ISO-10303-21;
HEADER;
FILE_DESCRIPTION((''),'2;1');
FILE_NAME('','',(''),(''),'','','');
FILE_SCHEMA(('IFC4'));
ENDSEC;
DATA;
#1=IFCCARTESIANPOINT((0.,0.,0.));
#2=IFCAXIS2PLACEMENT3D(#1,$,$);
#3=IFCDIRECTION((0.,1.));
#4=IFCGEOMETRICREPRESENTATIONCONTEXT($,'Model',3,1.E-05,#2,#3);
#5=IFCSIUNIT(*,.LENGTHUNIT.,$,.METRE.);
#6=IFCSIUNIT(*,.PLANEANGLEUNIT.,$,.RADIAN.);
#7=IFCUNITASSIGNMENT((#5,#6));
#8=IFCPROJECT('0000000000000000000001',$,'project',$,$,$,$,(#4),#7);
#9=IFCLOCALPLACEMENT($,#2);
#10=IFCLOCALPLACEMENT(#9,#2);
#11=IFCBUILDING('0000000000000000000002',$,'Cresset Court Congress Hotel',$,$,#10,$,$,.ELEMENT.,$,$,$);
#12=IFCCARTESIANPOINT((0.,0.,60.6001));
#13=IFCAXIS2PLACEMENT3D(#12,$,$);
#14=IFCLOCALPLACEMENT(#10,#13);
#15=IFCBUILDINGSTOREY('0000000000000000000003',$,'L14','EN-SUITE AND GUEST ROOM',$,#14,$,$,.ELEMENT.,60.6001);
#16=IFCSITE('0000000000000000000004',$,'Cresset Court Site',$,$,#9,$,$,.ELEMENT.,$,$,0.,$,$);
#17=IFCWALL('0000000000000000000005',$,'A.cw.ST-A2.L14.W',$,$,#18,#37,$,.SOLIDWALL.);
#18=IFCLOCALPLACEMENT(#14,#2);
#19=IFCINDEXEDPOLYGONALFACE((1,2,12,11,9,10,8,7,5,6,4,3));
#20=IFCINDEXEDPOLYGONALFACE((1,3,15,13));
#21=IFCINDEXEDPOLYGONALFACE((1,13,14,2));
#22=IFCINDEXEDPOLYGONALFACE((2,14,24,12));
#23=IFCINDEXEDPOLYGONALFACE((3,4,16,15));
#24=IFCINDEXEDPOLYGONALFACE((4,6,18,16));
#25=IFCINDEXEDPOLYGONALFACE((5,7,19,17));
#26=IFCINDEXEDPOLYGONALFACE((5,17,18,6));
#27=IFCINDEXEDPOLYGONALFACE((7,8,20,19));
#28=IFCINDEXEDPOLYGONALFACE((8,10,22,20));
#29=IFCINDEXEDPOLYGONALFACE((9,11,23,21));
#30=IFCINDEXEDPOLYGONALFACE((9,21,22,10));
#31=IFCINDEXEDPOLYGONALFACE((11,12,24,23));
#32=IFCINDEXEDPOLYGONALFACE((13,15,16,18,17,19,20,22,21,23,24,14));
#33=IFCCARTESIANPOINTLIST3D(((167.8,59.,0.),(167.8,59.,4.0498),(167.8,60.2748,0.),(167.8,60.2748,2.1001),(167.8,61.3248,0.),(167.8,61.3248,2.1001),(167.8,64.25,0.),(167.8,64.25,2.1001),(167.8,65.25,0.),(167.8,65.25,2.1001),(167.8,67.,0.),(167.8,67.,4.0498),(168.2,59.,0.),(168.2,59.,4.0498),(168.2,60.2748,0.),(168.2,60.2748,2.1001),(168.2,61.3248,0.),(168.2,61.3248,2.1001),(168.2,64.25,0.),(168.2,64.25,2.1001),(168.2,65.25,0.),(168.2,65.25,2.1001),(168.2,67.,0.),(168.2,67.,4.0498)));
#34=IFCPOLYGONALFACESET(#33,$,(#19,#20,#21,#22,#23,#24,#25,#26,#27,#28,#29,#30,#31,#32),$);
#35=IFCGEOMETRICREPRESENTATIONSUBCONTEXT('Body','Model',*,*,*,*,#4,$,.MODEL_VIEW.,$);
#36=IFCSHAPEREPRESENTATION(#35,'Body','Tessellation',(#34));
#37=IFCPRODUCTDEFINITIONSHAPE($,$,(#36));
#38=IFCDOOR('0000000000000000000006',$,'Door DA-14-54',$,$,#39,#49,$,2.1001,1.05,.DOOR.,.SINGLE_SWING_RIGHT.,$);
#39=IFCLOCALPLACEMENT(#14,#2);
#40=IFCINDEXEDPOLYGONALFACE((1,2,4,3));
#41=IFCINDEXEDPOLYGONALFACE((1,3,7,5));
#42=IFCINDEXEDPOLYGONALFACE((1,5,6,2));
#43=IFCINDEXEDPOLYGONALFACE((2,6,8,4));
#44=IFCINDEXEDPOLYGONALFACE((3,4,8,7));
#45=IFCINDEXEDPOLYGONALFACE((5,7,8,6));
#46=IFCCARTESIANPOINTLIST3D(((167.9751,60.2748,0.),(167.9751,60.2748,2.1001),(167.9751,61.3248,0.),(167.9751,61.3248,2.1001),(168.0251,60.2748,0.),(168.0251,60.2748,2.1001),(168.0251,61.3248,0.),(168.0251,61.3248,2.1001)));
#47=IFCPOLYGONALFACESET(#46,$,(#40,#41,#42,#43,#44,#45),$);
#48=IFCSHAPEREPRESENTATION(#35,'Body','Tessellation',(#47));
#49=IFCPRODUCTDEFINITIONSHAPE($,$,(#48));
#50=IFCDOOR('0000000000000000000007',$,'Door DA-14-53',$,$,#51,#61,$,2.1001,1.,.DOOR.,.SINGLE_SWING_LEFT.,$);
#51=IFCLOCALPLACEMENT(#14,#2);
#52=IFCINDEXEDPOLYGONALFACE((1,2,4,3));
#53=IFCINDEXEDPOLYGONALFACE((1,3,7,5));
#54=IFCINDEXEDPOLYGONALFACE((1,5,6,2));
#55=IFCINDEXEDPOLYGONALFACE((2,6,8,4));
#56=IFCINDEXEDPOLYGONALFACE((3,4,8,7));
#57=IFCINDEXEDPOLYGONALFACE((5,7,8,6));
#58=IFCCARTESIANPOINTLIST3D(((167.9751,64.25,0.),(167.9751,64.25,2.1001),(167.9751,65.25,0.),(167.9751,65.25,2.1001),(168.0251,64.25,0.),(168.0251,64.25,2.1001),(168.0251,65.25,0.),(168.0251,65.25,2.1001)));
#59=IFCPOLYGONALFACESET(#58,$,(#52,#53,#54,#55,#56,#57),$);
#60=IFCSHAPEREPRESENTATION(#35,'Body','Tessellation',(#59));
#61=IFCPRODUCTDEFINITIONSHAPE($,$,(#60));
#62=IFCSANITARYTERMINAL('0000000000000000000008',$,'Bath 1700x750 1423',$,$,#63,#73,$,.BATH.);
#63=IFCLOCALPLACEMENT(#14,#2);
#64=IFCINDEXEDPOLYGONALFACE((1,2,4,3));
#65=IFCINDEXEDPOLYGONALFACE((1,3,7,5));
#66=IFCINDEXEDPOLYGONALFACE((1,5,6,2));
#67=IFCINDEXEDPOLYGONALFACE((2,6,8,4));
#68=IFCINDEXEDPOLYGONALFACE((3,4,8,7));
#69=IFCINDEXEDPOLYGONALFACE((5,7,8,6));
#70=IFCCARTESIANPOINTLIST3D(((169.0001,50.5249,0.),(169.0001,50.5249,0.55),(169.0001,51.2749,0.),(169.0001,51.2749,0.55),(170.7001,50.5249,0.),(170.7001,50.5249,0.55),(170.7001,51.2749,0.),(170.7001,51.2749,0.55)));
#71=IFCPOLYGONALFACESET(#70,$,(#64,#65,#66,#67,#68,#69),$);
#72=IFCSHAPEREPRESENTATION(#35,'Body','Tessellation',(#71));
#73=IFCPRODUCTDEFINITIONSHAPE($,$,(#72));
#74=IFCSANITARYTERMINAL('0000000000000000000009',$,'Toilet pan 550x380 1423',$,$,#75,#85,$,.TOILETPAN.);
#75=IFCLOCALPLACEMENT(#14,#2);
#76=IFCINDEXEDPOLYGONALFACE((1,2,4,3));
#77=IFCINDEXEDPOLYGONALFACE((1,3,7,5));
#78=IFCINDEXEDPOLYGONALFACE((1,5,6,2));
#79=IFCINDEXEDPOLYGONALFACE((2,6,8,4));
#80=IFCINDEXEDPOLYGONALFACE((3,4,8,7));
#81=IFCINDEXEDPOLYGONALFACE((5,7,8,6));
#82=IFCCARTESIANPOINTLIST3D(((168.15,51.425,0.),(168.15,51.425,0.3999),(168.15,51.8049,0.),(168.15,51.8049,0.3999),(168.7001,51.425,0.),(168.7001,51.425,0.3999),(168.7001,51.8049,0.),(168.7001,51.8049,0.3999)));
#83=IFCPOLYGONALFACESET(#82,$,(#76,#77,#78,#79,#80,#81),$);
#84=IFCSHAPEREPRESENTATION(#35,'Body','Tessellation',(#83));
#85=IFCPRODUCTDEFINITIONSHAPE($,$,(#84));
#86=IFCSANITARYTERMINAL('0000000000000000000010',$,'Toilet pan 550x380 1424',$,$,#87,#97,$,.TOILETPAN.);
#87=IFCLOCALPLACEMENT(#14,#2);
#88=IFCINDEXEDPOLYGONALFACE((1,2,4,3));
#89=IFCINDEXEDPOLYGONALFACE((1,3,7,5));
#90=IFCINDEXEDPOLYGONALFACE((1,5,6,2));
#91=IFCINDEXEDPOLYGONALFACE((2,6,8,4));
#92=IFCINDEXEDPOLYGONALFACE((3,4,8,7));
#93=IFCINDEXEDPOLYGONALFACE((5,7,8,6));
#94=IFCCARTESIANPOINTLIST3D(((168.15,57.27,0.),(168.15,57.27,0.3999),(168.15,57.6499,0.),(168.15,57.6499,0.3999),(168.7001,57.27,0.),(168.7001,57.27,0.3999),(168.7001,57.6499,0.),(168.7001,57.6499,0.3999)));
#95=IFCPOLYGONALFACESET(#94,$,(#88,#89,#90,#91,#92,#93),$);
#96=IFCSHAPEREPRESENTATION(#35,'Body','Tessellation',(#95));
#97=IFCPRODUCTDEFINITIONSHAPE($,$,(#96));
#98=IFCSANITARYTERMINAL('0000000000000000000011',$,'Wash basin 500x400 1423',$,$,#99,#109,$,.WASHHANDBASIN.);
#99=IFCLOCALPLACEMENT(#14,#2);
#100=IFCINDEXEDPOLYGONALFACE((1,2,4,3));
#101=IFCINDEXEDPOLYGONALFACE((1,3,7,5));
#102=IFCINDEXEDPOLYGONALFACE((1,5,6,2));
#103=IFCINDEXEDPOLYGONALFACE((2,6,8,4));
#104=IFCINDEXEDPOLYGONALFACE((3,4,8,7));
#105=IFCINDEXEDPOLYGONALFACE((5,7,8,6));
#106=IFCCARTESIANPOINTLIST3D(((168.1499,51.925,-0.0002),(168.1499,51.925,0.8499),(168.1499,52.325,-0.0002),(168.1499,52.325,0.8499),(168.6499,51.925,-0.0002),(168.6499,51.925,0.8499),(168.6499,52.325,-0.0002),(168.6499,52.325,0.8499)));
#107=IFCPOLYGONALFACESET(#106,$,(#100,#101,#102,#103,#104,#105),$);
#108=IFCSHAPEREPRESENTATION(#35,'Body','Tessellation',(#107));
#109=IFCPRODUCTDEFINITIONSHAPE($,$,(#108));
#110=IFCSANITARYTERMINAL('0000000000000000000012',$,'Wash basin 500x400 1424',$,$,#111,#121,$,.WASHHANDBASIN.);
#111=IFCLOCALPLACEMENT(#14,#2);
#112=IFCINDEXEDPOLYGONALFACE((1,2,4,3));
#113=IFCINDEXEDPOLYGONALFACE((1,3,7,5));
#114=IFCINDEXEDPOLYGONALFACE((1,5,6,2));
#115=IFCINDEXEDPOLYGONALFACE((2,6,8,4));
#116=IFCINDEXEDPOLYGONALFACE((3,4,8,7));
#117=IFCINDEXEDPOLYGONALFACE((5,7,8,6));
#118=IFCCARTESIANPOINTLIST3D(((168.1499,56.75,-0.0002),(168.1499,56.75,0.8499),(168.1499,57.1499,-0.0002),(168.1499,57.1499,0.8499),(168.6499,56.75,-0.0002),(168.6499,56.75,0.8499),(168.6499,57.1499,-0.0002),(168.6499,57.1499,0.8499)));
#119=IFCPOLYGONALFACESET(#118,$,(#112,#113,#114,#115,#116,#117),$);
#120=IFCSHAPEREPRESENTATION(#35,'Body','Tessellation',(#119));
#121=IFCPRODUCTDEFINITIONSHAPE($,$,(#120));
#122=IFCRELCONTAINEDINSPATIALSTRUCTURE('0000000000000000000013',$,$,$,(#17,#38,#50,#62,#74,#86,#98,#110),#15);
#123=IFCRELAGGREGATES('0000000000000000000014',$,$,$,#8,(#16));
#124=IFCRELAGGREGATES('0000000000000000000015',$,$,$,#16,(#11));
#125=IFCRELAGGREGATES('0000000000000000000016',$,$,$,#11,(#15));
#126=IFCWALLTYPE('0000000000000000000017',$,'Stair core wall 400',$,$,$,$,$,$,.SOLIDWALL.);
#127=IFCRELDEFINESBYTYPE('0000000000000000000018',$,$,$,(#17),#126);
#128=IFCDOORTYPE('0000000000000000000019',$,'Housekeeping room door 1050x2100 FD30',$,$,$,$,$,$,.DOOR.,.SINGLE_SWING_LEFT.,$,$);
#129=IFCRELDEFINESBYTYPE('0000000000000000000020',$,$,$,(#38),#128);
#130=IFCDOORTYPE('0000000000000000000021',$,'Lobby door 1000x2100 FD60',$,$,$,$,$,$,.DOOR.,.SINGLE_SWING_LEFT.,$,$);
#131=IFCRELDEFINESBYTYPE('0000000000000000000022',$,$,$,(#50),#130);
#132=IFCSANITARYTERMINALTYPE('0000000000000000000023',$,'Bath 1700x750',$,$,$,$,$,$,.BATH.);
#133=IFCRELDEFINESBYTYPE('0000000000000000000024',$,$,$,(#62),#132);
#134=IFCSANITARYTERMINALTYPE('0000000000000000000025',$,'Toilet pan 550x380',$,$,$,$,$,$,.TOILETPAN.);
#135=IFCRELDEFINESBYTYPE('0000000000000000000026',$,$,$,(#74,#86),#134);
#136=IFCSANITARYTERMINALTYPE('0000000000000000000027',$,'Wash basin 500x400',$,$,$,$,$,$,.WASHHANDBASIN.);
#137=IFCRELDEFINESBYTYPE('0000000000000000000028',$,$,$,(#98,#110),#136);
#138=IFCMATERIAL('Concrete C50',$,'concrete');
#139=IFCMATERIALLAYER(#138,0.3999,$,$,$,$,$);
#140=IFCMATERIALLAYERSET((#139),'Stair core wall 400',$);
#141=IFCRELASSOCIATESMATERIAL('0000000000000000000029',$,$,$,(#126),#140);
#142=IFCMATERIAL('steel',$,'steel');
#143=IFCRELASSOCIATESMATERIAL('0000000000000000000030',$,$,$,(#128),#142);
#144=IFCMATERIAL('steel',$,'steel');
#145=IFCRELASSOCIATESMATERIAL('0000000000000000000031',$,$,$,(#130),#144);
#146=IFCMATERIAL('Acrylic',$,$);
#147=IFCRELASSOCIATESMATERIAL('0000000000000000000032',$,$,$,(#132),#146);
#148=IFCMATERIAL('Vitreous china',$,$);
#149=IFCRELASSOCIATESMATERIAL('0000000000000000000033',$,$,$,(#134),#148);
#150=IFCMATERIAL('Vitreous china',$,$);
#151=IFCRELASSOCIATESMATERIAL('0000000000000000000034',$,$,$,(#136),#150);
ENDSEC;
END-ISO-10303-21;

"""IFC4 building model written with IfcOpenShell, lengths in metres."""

from ifc_helpers import new_model, si_unit, direction, frame, frame_2d, origin, origin_2d, place, context, subcontext, project, spatial, rectangle, extrude, material, layer, layer_set, type_object, element, fill, save


model = new_model("IFC4")

# Units and contexts
model_context = context("Model", 3, precision=1e-05, world=origin(), true_north=direction((0.0, 1.0)))
body_context = subcontext(model_context, "Body", "Model", "MODEL_VIEW")
ifc_project = project(units=[si_unit("LENGTHUNIT", "METRE"), si_unit("PLANEANGLEUNIT", "RADIAN")], contexts=[model_context])

# Site, building, storey
site_placement = place(None, origin())
site = spatial("IfcSite", under=ifc_project, at=site_placement, Name="Cresset Court Site", CompositionType="ELEMENT", RefElevation=0.0)
building_placement = place(site_placement, origin())
building = spatial("IfcBuilding", under=site, at=building_placement, Name="Cresset Court Congress Hotel", CompositionType="ELEMENT")
storey_placement = place(building_placement, frame((0.0, 0.0, 60.6001)))
storey = spatial("IfcBuildingStorey", under=building, at=storey_placement, Name="L14", Description="EN-SUITE AND GUEST ROOM", CompositionType="ELEMENT", Elevation=60.6001)

# Shared definitions
ifc_material_1 = material(Name="Concrete C50", Category="concrete")
ifc_layer_1 = layer(ifc_material_1, 0.3999)
ifc_layer_set_1 = layer_set([ifc_layer_1], Name="Stair core wall 400")
wall_type_1 = type_object("IfcWallType", Name="Stair core wall 400", PredefinedType="SOLIDWALL", material=ifc_layer_set_1)

# Wall, openings, doors
wall_1_placement = place(storey_placement, frame((168.0, 59.0, 0.0), z_axis=(0.0, 0.0, 1.0), x_axis=(0.0, 1.0, 0.0)))
wall_1 = element("IfcWall", 1, at=wall_1_placement, inside=storey, type_object=wall_type_1, Name="A.cw.ST-A2.L14.W", PredefinedType="SOLIDWALL", context=body_context, shape_type="SweptSolid", body=[
    extrude(rectangle(XDim=8.0, YDim=0.3999, at=frame_2d((4.0, 0.0))), origin(), (0.0, 0.0, 1.0), 4.0498),
])
opening_1_placement = place(wall_1_placement, frame((5.25, 0.0, 0.0)))
opening_1 = element("IfcOpeningElement", 2, at=opening_1_placement, cuts=wall_1, PredefinedType="OPENING", context=body_context, shape_type="SweptSolid", body=[
    extrude(rectangle(XDim=1.0, YDim=2.1001, at=frame_2d((0.5, 1.05))), frame((0.0, 0.21, 0.0), z_axis=(0.0, -1.0, 0.0), x_axis=(1.0, 0.0, 0.0)), (0.0, 0.0, 1.0), 0.4199),
])
opening_2_placement = place(wall_1_placement, frame((1.2749, 0.0, 0.0)))
opening_2 = element("IfcOpeningElement", 3, at=opening_2_placement, cuts=wall_1, PredefinedType="OPENING", context=body_context, shape_type="SweptSolid", body=[
    extrude(rectangle(XDim=1.05, YDim=2.1001, at=frame_2d((0.5249, 1.05))), frame((0.0, 0.21, 0.0), z_axis=(0.0, -1.0, 0.0), x_axis=(1.0, 0.0, 0.0)), (0.0, 0.0, 1.0), 0.4199),
])
ifc_material_2 = material(Name="steel", Category="steel")
door_type_1 = type_object("IfcDoorType", Name="Housekeeping room door 1050x2100 FD30", OperationType="SINGLE_SWING_LEFT", PredefinedType="DOOR", material=ifc_material_2)
door_1_placement = place(opening_2_placement, origin())
door_1 = element("IfcDoor", 4, at=door_1_placement, inside=storey, type_object=door_type_1, Name="Door DA-14-54", OperationType="SINGLE_SWING_RIGHT", OverallHeight=2.1001, OverallWidth=1.05, PredefinedType="DOOR", context=body_context, shape_type="SweptSolid", body=[
    extrude(rectangle(XDim=1.05, YDim=2.1001, at=frame_2d((0.5249, 1.05))), frame((0.0, 0.0249, 0.0), z_axis=(0.0, -1.0, 0.0), x_axis=(1.0, 0.0, 0.0)), (0.0, 0.0, 1.0), 0.05),
])
fill(opening_2, door_1)
ifc_material_3 = material(Name="steel", Category="steel")
door_type_2 = type_object("IfcDoorType", Name="Lobby door 1000x2100 FD60", OperationType="SINGLE_SWING_LEFT", PredefinedType="DOOR", material=ifc_material_3)
door_2_placement = place(opening_1_placement, origin())
door_2 = element("IfcDoor", 5, at=door_2_placement, inside=storey, type_object=door_type_2, Name="Door DA-14-53", OperationType="SINGLE_SWING_LEFT", OverallHeight=2.1001, OverallWidth=1.0, PredefinedType="DOOR", context=body_context, shape_type="SweptSolid", body=[
    extrude(rectangle(XDim=1.0, YDim=2.1001, at=frame_2d((0.5, 1.05))), frame((0.0, 0.0249, 0.0), z_axis=(0.0, -1.0, 0.0), x_axis=(1.0, 0.0, 0.0)), (0.0, 0.0, 1.0), 0.05),
])
fill(opening_1, door_2)

# Sanitary terminals
ifc_material_4 = material(Name="Acrylic")
sanitary_terminal_type_1 = type_object("IfcSanitaryTerminalType", Name="Bath 1700x750", PredefinedType="BATH", material=ifc_material_4)
sanitary_terminal_placement = place(storey_placement, frame((169.8501, 50.8999, 0.0), z_axis=(0.0, 0.0, 1.0), x_axis=(1.0, 0.0, 0.0)))
element("IfcSanitaryTerminal", 6, at=sanitary_terminal_placement, inside=storey, type_object=sanitary_terminal_type_1, Name="Bath 1700x750 1423", PredefinedType="BATH", context=body_context, shape_type="SweptSolid", body=[
    extrude(rectangle(XDim=1.7, YDim=0.75, at=origin_2d()), origin(), (0.0, 0.0, 1.0), 0.55),
])
ifc_material_5 = material(Name="Vitreous china")
sanitary_terminal_type_2 = type_object("IfcSanitaryTerminalType", Name="Toilet pan 550x380", PredefinedType="TOILETPAN", material=ifc_material_5)
for number, where, z_axis, x_axis, name in (
    (7, (168.425, 51.615, 0.0), (0.0, 0.0, 1.0), (1.0, 0.0, 0.0), "Toilet pan 550x380 1423"),
    (8, (168.425, 57.46, 0.0), (0.0, 0.0, 1.0), (1.0, 0.0, 0.0), "Toilet pan 550x380 1424"),
):
    element("IfcSanitaryTerminal", number, at=place(storey_placement, frame(where, z_axis=z_axis, x_axis=x_axis)), inside=storey, type_object=sanitary_terminal_type_2, Name=name, PredefinedType="TOILETPAN", context=body_context, shape_type="SweptSolid", body=[
        extrude(rectangle(XDim=0.55, YDim=0.3799, at=origin_2d()), origin(), (0.0, 0.0, 1.0), 0.3999),
    ])
ifc_material_6 = material(Name="Vitreous china")
sanitary_terminal_type_3 = type_object("IfcSanitaryTerminalType", Name="Wash basin 500x400", PredefinedType="WASHHANDBASIN", material=ifc_material_6)
for number, where, z_axis, x_axis, name in (
    (9, (168.3999, 52.125, -0.0002), (0.0, 0.0, 1.0), (1.0, 0.0, 0.0), "Wash basin 500x400 1423"),
    (10, (168.3999, 56.95, -0.0002), (0.0, 0.0, 1.0), (1.0, 0.0, 0.0), "Wash basin 500x400 1424"),
):
    element("IfcSanitaryTerminal", number, at=place(storey_placement, frame(where, z_axis=z_axis, x_axis=x_axis)), inside=storey, type_object=sanitary_terminal_type_3, Name=name, PredefinedType="WASHHANDBASIN", context=body_context, shape_type="SweptSolid", body=[
        extrude(rectangle(XDim=0.5, YDim=0.3999, at=origin_2d()), origin(), (0.0, 0.0, 1.0), 0.8501),
    ])

save(model, "model.ifc")
